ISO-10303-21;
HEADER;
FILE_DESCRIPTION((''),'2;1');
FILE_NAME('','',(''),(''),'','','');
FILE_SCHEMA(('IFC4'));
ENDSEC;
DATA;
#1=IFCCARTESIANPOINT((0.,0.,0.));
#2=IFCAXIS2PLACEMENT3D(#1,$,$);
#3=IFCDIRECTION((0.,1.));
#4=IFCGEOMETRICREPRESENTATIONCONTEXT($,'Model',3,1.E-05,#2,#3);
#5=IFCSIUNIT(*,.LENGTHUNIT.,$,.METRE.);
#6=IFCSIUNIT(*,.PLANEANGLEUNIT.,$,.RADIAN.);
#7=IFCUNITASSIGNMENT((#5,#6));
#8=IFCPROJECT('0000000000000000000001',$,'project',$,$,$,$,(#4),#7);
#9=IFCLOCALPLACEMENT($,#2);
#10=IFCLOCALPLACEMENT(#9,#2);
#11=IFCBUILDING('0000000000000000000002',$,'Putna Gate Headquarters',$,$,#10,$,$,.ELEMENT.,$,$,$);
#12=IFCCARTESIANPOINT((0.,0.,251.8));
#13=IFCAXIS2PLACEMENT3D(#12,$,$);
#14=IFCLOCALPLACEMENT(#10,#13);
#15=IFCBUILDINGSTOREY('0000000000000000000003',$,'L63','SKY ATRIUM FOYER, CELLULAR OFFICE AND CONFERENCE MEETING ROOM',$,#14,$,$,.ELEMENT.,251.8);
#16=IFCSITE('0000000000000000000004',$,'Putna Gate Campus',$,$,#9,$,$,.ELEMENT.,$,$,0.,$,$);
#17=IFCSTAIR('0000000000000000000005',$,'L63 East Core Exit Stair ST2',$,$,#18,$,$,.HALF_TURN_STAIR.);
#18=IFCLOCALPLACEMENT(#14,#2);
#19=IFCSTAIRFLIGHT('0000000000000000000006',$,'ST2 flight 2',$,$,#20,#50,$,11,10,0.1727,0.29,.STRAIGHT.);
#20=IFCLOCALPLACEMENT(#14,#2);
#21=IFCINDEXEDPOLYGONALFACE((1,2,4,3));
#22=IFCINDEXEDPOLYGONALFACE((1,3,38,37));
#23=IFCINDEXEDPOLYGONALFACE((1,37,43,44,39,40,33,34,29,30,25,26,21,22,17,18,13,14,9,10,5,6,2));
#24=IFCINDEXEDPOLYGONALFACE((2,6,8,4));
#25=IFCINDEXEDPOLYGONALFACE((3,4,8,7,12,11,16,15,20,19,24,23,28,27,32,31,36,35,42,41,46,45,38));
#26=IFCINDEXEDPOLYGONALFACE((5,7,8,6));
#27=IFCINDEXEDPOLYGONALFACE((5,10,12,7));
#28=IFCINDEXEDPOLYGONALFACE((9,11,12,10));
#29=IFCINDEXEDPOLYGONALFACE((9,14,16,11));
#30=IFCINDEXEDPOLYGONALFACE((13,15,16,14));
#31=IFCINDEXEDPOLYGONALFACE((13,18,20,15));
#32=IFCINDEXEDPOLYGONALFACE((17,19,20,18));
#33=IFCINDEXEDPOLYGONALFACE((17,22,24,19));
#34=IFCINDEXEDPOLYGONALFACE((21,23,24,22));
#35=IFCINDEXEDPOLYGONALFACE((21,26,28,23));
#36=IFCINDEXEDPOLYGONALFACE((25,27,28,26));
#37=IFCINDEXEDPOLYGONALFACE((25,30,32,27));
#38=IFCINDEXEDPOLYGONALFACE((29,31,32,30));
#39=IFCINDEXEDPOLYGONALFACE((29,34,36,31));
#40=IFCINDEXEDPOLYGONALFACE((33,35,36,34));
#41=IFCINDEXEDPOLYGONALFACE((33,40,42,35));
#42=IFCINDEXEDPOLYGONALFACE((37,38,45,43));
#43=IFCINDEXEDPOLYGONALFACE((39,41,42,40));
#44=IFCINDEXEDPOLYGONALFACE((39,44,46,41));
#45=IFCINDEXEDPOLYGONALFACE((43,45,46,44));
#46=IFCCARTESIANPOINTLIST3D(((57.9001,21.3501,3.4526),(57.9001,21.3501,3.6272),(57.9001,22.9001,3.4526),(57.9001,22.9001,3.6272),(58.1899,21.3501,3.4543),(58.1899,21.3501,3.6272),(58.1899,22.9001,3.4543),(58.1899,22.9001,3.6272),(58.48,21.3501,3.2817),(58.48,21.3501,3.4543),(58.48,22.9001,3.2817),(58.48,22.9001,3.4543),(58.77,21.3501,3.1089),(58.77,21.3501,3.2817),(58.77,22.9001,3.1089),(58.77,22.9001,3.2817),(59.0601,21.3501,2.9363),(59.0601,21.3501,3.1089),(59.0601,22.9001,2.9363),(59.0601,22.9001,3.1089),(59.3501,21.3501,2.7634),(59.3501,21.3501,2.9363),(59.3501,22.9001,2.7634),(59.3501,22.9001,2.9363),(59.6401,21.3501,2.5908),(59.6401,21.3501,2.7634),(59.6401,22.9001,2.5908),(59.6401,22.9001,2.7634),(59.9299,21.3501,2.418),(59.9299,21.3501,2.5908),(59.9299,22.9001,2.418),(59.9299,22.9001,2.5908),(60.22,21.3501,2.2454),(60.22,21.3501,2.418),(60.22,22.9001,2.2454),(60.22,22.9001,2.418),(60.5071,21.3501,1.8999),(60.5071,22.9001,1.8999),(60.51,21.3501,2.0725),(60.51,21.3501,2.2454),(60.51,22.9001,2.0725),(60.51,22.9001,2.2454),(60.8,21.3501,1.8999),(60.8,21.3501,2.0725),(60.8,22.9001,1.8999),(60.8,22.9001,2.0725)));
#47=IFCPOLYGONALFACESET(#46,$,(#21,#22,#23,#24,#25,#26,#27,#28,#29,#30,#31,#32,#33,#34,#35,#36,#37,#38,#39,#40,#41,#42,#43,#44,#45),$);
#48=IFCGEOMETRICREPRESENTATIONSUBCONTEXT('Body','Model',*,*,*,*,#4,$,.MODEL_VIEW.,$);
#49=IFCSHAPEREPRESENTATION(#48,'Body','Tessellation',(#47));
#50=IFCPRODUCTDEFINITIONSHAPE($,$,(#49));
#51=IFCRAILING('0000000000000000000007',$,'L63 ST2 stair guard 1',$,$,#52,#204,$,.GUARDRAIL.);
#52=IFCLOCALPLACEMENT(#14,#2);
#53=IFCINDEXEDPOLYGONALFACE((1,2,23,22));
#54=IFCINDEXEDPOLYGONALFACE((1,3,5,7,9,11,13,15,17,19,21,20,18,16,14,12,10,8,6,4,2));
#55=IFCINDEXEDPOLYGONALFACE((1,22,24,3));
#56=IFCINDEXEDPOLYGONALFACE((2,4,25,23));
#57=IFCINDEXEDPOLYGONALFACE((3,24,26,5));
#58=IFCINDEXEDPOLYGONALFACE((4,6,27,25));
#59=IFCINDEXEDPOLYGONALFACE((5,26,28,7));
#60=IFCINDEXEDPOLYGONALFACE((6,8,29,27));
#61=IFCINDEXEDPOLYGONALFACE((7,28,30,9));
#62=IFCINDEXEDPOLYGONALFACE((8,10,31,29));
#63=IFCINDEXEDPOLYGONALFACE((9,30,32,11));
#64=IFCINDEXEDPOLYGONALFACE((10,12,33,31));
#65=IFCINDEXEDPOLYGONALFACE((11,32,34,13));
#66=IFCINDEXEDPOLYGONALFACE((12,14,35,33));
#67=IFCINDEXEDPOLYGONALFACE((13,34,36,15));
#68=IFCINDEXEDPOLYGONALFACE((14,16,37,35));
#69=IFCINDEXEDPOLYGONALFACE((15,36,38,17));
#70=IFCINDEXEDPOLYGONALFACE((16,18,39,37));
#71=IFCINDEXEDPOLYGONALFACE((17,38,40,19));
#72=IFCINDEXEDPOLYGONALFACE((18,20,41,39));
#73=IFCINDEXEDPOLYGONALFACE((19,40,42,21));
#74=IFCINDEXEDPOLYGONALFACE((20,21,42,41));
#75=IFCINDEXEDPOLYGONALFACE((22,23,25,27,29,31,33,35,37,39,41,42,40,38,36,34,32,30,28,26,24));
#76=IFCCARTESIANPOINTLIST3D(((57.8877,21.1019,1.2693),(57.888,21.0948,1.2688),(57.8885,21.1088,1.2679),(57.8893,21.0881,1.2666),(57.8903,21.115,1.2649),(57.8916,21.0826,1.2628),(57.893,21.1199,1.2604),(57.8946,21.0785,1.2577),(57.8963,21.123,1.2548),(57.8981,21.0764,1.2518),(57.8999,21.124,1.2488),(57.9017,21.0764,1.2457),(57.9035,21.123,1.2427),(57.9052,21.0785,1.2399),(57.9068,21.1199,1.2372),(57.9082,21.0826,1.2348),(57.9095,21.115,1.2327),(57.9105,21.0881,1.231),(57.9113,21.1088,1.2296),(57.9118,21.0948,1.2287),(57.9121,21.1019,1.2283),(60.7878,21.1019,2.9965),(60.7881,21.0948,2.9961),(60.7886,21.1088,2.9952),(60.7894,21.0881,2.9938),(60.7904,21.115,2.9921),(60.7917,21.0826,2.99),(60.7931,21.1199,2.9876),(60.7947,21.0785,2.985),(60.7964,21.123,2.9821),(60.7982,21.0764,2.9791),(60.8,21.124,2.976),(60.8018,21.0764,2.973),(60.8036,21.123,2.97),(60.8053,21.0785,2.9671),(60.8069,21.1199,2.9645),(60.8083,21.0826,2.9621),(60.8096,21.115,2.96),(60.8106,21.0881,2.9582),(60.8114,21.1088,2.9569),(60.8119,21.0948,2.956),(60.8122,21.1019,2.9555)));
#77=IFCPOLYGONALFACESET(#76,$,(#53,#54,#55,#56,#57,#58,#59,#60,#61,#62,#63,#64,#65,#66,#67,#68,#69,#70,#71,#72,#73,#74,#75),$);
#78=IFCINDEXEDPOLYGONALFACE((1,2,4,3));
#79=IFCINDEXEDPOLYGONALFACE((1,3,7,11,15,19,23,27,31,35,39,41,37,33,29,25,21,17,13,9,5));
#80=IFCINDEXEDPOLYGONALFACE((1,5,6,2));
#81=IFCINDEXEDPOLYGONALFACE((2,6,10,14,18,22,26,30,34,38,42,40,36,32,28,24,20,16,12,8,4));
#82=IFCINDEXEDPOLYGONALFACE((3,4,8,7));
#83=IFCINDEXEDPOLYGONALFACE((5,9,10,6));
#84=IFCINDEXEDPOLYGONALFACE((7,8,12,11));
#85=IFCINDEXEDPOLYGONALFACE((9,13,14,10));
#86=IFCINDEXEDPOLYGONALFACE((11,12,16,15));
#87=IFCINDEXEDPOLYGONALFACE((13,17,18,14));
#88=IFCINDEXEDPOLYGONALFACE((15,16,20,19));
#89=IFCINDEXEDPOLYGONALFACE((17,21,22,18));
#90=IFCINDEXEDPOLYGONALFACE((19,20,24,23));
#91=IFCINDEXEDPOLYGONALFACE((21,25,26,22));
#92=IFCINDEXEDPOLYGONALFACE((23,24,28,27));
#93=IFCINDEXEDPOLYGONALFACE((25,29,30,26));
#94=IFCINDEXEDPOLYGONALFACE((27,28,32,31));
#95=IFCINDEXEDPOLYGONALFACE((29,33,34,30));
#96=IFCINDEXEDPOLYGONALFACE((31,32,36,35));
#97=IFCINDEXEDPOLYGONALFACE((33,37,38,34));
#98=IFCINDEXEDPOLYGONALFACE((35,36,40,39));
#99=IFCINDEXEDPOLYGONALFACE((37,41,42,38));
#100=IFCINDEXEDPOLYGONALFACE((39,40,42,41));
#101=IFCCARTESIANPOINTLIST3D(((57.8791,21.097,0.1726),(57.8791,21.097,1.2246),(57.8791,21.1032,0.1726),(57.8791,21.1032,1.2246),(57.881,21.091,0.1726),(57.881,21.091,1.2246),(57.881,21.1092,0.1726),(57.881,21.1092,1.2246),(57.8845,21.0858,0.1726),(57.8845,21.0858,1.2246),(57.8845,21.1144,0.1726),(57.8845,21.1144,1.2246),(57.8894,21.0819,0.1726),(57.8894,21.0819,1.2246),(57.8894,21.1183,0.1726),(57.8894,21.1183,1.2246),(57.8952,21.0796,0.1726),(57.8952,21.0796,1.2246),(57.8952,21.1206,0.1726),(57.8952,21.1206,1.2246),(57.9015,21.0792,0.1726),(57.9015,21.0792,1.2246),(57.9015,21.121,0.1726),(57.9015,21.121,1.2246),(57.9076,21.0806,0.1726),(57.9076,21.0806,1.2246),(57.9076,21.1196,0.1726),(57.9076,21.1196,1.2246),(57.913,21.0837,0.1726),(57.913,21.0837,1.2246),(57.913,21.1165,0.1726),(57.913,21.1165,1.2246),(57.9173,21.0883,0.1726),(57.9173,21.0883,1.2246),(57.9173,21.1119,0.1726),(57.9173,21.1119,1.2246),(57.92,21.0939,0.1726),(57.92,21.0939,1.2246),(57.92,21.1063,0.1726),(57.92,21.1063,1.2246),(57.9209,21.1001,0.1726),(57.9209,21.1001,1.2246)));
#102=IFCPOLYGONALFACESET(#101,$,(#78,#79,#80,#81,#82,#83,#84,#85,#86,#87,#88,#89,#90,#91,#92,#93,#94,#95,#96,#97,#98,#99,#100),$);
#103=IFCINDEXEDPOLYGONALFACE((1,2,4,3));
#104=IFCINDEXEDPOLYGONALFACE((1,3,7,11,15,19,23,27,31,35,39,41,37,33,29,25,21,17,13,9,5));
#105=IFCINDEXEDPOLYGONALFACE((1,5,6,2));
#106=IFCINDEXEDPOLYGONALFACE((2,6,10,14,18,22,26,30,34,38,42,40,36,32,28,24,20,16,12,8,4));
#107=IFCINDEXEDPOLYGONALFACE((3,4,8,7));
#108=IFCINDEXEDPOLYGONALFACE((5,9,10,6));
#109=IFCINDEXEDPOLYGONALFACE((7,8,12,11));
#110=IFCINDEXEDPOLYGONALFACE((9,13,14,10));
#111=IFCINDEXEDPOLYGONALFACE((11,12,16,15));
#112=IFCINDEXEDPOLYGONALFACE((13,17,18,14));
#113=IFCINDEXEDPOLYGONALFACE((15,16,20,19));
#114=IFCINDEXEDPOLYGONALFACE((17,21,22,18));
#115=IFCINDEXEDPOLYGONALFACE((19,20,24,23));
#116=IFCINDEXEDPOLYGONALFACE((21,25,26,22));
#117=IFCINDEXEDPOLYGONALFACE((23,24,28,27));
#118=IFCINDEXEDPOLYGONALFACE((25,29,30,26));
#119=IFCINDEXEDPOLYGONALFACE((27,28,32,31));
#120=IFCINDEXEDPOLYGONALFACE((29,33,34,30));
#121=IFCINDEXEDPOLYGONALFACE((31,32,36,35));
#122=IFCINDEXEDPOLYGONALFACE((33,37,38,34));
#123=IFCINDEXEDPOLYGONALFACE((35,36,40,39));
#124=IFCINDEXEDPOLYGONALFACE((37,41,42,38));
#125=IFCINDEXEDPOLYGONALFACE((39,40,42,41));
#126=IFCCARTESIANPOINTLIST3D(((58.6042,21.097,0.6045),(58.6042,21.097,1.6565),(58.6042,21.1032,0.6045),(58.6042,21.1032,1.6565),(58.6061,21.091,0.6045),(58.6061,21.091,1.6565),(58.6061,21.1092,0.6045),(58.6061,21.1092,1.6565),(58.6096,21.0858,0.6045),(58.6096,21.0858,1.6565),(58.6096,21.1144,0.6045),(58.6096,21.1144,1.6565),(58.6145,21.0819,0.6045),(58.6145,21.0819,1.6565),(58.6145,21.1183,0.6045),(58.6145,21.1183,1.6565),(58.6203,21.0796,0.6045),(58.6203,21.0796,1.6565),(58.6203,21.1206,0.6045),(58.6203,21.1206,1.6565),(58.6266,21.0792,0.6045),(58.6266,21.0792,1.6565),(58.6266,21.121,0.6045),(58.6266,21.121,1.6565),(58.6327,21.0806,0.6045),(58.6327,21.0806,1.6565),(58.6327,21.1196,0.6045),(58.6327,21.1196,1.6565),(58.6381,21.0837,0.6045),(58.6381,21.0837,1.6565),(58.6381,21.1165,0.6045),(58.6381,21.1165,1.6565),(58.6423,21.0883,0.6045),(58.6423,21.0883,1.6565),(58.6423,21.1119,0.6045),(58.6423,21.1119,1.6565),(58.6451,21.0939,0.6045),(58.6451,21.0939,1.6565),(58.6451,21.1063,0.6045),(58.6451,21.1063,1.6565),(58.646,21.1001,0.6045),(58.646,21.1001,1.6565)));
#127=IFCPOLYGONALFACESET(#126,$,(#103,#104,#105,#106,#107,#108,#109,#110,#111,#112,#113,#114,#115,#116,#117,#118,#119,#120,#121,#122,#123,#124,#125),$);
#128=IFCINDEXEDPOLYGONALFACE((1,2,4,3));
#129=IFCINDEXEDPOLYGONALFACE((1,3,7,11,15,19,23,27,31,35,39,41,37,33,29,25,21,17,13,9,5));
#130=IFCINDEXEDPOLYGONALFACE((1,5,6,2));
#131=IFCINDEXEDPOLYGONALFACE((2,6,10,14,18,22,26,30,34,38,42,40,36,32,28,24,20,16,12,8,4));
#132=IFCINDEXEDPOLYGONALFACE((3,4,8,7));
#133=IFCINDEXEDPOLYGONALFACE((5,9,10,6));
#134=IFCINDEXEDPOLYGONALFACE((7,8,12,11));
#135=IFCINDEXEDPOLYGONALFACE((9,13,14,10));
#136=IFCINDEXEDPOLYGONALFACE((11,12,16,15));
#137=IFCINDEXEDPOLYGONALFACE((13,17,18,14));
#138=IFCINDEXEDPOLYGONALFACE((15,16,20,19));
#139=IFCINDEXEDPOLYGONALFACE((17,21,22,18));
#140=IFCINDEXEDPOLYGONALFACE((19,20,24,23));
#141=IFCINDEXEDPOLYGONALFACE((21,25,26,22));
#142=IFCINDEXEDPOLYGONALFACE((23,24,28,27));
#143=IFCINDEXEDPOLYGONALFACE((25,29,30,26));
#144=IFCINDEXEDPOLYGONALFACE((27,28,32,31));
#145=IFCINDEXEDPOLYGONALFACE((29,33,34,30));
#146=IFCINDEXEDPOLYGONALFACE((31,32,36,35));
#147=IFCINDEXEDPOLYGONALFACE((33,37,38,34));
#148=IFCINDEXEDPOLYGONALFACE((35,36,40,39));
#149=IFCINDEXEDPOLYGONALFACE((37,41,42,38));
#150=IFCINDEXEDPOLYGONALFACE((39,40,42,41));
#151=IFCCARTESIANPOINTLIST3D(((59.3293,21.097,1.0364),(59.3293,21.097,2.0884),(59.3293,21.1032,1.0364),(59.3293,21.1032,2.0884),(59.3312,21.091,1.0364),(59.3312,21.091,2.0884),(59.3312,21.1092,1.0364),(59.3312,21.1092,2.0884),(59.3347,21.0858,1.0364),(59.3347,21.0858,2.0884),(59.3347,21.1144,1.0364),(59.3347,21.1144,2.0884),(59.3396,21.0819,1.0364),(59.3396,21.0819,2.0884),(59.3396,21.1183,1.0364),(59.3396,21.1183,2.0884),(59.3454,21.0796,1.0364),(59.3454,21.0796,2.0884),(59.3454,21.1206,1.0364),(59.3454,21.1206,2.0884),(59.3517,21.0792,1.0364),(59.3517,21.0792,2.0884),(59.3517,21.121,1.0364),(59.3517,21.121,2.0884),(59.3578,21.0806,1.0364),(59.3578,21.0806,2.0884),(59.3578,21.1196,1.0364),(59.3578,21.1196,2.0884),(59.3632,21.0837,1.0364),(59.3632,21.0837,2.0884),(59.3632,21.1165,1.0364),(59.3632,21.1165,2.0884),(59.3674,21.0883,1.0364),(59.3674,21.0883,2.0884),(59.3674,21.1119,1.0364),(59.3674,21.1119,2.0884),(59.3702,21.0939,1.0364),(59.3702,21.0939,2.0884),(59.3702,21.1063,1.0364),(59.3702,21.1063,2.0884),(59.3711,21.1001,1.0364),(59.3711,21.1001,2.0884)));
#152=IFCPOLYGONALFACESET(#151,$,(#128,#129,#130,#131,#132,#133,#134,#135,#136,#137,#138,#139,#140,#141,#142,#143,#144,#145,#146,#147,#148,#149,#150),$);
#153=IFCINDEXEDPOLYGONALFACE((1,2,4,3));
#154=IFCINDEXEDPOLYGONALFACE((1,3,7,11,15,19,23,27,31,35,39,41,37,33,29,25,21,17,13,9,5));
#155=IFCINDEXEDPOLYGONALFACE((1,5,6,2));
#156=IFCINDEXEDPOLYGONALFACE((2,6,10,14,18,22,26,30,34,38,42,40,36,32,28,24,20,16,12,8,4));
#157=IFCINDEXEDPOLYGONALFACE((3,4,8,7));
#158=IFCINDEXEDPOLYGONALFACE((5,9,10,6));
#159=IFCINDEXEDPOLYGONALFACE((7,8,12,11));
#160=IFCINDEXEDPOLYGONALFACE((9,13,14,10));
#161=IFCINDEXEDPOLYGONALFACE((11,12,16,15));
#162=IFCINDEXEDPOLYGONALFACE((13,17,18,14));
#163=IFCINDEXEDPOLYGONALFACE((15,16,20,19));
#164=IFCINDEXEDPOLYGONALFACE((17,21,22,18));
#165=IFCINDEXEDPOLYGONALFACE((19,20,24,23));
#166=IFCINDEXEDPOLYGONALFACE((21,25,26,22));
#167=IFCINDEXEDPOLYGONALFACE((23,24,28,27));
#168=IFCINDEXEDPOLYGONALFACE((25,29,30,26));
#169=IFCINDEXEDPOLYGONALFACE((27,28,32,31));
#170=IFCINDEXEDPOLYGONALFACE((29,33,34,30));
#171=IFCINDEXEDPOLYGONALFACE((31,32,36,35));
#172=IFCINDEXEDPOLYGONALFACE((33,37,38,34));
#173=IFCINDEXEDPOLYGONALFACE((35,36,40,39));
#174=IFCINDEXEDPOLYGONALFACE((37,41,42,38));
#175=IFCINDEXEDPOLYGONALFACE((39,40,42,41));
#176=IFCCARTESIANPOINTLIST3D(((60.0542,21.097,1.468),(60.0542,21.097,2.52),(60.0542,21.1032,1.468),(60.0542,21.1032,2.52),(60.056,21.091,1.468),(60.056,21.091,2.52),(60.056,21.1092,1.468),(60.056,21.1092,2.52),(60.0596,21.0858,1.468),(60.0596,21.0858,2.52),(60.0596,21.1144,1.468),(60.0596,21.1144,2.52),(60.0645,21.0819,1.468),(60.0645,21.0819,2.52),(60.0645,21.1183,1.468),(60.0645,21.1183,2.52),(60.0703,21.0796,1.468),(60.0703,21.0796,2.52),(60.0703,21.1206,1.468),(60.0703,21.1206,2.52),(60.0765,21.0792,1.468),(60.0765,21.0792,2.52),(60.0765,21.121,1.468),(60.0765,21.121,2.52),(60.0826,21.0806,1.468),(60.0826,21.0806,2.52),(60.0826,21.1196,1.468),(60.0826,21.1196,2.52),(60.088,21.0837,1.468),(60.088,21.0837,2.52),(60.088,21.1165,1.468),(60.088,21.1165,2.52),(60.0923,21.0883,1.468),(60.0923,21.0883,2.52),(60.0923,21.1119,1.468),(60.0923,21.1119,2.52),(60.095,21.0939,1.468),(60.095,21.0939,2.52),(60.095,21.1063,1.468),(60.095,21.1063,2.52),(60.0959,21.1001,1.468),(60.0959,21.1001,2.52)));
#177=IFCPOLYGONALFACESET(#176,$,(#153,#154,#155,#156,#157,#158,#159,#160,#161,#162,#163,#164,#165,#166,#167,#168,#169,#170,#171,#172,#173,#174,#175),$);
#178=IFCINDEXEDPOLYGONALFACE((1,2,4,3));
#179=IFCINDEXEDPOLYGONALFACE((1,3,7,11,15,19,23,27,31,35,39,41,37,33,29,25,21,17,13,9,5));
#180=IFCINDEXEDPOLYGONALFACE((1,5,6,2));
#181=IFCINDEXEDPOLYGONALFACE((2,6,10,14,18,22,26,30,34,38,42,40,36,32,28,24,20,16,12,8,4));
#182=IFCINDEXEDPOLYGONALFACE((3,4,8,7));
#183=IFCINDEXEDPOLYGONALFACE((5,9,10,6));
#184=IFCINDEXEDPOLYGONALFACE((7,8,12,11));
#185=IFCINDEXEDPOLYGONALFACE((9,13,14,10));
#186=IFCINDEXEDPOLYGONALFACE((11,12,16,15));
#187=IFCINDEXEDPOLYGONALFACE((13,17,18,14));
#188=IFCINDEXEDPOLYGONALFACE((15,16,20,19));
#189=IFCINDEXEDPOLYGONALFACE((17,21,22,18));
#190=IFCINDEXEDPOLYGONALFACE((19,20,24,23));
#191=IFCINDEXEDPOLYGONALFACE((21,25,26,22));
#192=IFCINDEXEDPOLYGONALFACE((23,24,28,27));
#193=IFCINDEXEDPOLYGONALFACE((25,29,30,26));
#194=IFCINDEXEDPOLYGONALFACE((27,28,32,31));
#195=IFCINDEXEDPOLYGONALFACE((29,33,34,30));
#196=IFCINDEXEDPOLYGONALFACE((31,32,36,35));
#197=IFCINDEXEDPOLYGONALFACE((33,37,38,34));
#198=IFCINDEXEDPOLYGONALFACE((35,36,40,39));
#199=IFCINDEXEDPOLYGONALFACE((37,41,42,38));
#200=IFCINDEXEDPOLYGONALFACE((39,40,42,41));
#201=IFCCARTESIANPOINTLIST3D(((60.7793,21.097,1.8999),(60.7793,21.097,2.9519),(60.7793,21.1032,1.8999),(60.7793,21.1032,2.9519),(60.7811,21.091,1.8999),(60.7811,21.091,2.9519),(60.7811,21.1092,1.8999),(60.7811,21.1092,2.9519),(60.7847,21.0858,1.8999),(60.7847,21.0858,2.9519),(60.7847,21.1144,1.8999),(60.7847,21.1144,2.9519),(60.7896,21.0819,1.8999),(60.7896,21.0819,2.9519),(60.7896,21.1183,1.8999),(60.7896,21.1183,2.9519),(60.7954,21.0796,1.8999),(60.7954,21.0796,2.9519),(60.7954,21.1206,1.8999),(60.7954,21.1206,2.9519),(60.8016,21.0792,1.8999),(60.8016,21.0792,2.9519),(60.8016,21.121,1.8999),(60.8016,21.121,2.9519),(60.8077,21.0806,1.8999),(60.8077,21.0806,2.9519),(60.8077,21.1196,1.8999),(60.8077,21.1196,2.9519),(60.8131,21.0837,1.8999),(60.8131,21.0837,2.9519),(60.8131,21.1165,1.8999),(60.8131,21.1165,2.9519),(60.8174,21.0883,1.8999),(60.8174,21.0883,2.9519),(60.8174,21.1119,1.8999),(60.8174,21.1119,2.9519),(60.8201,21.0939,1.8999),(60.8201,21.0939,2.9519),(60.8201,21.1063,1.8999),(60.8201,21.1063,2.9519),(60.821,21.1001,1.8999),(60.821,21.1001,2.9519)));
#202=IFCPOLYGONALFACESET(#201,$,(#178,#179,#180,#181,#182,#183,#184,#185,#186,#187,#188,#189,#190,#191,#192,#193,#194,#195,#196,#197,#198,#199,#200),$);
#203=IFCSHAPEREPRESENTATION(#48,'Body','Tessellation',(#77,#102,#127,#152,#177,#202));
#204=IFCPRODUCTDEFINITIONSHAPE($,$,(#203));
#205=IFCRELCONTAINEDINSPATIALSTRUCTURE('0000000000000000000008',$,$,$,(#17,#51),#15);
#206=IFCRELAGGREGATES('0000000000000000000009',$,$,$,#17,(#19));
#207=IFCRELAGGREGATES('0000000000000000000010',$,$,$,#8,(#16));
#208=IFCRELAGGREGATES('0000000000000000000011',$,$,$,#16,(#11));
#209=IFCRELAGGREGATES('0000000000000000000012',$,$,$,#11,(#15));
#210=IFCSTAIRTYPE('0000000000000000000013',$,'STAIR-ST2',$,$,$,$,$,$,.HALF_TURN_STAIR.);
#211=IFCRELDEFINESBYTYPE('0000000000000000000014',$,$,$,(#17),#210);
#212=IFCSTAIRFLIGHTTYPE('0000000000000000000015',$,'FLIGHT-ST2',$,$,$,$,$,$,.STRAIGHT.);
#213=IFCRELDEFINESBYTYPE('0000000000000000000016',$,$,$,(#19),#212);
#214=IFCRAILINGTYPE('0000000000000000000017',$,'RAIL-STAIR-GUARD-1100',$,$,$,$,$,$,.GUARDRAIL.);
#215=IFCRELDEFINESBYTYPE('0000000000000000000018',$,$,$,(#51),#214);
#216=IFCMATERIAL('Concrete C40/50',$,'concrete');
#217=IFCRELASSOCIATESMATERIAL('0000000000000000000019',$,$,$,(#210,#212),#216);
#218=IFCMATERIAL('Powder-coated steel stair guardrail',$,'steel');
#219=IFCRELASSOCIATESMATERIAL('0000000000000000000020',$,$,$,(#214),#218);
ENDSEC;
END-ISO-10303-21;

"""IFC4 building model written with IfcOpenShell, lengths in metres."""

from ifc_helpers import new_model, si_unit, direction, frame, origin, origin_2d, place, context, subcontext, project, spatial, polyline, circle, outline, extrude, material, type_object, element, aggregate, save


model = new_model("IFC4")

# Units and contexts
model_context = context("Model", 3, precision=1e-05, world=origin(), true_north=direction((0.0, 1.0)))
body_context = subcontext(model_context, "Body", "Model", "MODEL_VIEW")
ifc_project = project(units=[si_unit("LENGTHUNIT", "METRE"), si_unit("PLANEANGLEUNIT", "RADIAN")], contexts=[model_context])

# Site, building, storey
site_placement = place(None, origin())
site = spatial("IfcSite", under=ifc_project, at=site_placement, Name="Putna Gate Campus", CompositionType="ELEMENT", RefElevation=0.0)
building_placement = place(site_placement, origin())
building = spatial("IfcBuilding", under=site, at=building_placement, Name="Putna Gate Headquarters", CompositionType="ELEMENT")
storey_placement = place(building_placement, frame((0.0, 0.0, 251.8)))
storey = spatial("IfcBuildingStorey", under=building, at=storey_placement, Name="L63", Description="SKY ATRIUM FOYER, CELLULAR OFFICE AND CONFERENCE MEETING ROOM", CompositionType="ELEMENT", Elevation=251.8)

# Shared definitions
ifc_material_1 = material(Name="Concrete C40/50", Category="concrete")

# Stair, stair flight
stair_type = type_object("IfcStairType", Name="STAIR-ST2", PredefinedType="HALF_TURN_STAIR", material=ifc_material_1)
stair_placement = place(storey_placement, origin())
stair = element("IfcStair", 1, at=stair_placement, inside=storey, type_object=stair_type, Name="L63 East Core Exit Stair ST2", PredefinedType="HALF_TURN_STAIR")
stair_flight_type = type_object("IfcStairFlightType", Name="FLIGHT-ST2", PredefinedType="STRAIGHT", material=ifc_material_1)
stair_flight_1_placement = place(storey_placement, frame((60.8, 22.125, 1.8999), z_axis=(0.0, 0.0, 1.0), x_axis=(-1.0, 0.0, 0.0)))
stair_flight_1 = element("IfcStairFlight", 2, at=stair_flight_1_placement, type_object=stair_flight_type, Name="ST2 flight 2", NumberOfRisers=11, NumberOfTreads=10, PredefinedType="STRAIGHT", RiserHeight=0.1727, TreadLength=0.29, context=body_context, shape_type="SweptSolid", body=[
    extrude(outline(polyline([(0.0, 0.0), (0.0, 0.1726), (0.29, 0.1726), (0.29, 0.3455), (0.5801, 0.3455), (0.5801, 0.5181), (0.8701, 0.5181), (0.8701, 0.6909), (1.1599, 0.6909), (1.1599, 0.8635), (1.45, 0.8635), (1.45, 1.0364), (1.74, 1.0364), (1.74, 1.209), (2.03, 1.209), (2.03, 1.3818), (2.3201, 1.3818), (2.3201, 1.5544), (2.6101, 1.5544), (2.6101, 1.7273), (2.8999, 1.7273), (2.8999, 1.8999), (2.8999, 1.5527), (0.293, 0.0), (0.0, 0.0)])), frame((0.0, 0.7749, 0.0), z_axis=(0.0, -1.0, 0.0), x_axis=(1.0, 0.0, 0.0)), (0.0, 0.0, 1.0), 1.55),
])
aggregate(stair, [stair_flight_1])

# Railing
ifc_material_2 = material(Name="Powder-coated steel stair guardrail", Category="steel")
railing_type_1 = type_object("IfcRailingType", Name="RAIL-STAIR-GUARD-1100", PredefinedType="GUARDRAIL", material=ifc_material_2)
railing_1_placement = place(storey_placement, frame((57.8999, 21.1001, 0.1726)))
element("IfcRailing", 3, at=railing_1_placement, inside=storey, type_object=railing_type_1, Name="L63 ST2 stair guard 1", PredefinedType="GUARDRAIL", context=body_context, shape_type="SweptSolid", body=[
    extrude(circle(Radius=0.0239, at=origin_2d()), frame((0.0, 0.0, 1.0762), z_axis=(0.85916, 0.0, 0.511706), x_axis=(0.0, 1.0, 0.0)), (0.0, 0.0, 1.0), 3.3755),
    extrude(circle(Radius=0.021, at=origin_2d()), origin(), (0.0, 0.0, 1.0), 1.052),
    extrude(circle(Radius=0.021, at=origin_2d()), frame((0.7251, 0.0, 0.4319)), (0.0, 0.0, 1.0), 1.052),
    extrude(circle(Radius=0.021, at=origin_2d()), frame((1.4502, 0.0, 0.8638)), (0.0, 0.0, 1.0), 1.052),
    extrude(circle(Radius=0.021, at=origin_2d()), frame((2.175, 0.0, 1.2954)), (0.0, 0.0, 1.0), 1.052),
    extrude(circle(Radius=0.021, at=origin_2d()), frame((2.9001, 0.0, 1.7273)), (0.0, 0.0, 1.0), 1.052),
])

save(model, "model.ifc")
